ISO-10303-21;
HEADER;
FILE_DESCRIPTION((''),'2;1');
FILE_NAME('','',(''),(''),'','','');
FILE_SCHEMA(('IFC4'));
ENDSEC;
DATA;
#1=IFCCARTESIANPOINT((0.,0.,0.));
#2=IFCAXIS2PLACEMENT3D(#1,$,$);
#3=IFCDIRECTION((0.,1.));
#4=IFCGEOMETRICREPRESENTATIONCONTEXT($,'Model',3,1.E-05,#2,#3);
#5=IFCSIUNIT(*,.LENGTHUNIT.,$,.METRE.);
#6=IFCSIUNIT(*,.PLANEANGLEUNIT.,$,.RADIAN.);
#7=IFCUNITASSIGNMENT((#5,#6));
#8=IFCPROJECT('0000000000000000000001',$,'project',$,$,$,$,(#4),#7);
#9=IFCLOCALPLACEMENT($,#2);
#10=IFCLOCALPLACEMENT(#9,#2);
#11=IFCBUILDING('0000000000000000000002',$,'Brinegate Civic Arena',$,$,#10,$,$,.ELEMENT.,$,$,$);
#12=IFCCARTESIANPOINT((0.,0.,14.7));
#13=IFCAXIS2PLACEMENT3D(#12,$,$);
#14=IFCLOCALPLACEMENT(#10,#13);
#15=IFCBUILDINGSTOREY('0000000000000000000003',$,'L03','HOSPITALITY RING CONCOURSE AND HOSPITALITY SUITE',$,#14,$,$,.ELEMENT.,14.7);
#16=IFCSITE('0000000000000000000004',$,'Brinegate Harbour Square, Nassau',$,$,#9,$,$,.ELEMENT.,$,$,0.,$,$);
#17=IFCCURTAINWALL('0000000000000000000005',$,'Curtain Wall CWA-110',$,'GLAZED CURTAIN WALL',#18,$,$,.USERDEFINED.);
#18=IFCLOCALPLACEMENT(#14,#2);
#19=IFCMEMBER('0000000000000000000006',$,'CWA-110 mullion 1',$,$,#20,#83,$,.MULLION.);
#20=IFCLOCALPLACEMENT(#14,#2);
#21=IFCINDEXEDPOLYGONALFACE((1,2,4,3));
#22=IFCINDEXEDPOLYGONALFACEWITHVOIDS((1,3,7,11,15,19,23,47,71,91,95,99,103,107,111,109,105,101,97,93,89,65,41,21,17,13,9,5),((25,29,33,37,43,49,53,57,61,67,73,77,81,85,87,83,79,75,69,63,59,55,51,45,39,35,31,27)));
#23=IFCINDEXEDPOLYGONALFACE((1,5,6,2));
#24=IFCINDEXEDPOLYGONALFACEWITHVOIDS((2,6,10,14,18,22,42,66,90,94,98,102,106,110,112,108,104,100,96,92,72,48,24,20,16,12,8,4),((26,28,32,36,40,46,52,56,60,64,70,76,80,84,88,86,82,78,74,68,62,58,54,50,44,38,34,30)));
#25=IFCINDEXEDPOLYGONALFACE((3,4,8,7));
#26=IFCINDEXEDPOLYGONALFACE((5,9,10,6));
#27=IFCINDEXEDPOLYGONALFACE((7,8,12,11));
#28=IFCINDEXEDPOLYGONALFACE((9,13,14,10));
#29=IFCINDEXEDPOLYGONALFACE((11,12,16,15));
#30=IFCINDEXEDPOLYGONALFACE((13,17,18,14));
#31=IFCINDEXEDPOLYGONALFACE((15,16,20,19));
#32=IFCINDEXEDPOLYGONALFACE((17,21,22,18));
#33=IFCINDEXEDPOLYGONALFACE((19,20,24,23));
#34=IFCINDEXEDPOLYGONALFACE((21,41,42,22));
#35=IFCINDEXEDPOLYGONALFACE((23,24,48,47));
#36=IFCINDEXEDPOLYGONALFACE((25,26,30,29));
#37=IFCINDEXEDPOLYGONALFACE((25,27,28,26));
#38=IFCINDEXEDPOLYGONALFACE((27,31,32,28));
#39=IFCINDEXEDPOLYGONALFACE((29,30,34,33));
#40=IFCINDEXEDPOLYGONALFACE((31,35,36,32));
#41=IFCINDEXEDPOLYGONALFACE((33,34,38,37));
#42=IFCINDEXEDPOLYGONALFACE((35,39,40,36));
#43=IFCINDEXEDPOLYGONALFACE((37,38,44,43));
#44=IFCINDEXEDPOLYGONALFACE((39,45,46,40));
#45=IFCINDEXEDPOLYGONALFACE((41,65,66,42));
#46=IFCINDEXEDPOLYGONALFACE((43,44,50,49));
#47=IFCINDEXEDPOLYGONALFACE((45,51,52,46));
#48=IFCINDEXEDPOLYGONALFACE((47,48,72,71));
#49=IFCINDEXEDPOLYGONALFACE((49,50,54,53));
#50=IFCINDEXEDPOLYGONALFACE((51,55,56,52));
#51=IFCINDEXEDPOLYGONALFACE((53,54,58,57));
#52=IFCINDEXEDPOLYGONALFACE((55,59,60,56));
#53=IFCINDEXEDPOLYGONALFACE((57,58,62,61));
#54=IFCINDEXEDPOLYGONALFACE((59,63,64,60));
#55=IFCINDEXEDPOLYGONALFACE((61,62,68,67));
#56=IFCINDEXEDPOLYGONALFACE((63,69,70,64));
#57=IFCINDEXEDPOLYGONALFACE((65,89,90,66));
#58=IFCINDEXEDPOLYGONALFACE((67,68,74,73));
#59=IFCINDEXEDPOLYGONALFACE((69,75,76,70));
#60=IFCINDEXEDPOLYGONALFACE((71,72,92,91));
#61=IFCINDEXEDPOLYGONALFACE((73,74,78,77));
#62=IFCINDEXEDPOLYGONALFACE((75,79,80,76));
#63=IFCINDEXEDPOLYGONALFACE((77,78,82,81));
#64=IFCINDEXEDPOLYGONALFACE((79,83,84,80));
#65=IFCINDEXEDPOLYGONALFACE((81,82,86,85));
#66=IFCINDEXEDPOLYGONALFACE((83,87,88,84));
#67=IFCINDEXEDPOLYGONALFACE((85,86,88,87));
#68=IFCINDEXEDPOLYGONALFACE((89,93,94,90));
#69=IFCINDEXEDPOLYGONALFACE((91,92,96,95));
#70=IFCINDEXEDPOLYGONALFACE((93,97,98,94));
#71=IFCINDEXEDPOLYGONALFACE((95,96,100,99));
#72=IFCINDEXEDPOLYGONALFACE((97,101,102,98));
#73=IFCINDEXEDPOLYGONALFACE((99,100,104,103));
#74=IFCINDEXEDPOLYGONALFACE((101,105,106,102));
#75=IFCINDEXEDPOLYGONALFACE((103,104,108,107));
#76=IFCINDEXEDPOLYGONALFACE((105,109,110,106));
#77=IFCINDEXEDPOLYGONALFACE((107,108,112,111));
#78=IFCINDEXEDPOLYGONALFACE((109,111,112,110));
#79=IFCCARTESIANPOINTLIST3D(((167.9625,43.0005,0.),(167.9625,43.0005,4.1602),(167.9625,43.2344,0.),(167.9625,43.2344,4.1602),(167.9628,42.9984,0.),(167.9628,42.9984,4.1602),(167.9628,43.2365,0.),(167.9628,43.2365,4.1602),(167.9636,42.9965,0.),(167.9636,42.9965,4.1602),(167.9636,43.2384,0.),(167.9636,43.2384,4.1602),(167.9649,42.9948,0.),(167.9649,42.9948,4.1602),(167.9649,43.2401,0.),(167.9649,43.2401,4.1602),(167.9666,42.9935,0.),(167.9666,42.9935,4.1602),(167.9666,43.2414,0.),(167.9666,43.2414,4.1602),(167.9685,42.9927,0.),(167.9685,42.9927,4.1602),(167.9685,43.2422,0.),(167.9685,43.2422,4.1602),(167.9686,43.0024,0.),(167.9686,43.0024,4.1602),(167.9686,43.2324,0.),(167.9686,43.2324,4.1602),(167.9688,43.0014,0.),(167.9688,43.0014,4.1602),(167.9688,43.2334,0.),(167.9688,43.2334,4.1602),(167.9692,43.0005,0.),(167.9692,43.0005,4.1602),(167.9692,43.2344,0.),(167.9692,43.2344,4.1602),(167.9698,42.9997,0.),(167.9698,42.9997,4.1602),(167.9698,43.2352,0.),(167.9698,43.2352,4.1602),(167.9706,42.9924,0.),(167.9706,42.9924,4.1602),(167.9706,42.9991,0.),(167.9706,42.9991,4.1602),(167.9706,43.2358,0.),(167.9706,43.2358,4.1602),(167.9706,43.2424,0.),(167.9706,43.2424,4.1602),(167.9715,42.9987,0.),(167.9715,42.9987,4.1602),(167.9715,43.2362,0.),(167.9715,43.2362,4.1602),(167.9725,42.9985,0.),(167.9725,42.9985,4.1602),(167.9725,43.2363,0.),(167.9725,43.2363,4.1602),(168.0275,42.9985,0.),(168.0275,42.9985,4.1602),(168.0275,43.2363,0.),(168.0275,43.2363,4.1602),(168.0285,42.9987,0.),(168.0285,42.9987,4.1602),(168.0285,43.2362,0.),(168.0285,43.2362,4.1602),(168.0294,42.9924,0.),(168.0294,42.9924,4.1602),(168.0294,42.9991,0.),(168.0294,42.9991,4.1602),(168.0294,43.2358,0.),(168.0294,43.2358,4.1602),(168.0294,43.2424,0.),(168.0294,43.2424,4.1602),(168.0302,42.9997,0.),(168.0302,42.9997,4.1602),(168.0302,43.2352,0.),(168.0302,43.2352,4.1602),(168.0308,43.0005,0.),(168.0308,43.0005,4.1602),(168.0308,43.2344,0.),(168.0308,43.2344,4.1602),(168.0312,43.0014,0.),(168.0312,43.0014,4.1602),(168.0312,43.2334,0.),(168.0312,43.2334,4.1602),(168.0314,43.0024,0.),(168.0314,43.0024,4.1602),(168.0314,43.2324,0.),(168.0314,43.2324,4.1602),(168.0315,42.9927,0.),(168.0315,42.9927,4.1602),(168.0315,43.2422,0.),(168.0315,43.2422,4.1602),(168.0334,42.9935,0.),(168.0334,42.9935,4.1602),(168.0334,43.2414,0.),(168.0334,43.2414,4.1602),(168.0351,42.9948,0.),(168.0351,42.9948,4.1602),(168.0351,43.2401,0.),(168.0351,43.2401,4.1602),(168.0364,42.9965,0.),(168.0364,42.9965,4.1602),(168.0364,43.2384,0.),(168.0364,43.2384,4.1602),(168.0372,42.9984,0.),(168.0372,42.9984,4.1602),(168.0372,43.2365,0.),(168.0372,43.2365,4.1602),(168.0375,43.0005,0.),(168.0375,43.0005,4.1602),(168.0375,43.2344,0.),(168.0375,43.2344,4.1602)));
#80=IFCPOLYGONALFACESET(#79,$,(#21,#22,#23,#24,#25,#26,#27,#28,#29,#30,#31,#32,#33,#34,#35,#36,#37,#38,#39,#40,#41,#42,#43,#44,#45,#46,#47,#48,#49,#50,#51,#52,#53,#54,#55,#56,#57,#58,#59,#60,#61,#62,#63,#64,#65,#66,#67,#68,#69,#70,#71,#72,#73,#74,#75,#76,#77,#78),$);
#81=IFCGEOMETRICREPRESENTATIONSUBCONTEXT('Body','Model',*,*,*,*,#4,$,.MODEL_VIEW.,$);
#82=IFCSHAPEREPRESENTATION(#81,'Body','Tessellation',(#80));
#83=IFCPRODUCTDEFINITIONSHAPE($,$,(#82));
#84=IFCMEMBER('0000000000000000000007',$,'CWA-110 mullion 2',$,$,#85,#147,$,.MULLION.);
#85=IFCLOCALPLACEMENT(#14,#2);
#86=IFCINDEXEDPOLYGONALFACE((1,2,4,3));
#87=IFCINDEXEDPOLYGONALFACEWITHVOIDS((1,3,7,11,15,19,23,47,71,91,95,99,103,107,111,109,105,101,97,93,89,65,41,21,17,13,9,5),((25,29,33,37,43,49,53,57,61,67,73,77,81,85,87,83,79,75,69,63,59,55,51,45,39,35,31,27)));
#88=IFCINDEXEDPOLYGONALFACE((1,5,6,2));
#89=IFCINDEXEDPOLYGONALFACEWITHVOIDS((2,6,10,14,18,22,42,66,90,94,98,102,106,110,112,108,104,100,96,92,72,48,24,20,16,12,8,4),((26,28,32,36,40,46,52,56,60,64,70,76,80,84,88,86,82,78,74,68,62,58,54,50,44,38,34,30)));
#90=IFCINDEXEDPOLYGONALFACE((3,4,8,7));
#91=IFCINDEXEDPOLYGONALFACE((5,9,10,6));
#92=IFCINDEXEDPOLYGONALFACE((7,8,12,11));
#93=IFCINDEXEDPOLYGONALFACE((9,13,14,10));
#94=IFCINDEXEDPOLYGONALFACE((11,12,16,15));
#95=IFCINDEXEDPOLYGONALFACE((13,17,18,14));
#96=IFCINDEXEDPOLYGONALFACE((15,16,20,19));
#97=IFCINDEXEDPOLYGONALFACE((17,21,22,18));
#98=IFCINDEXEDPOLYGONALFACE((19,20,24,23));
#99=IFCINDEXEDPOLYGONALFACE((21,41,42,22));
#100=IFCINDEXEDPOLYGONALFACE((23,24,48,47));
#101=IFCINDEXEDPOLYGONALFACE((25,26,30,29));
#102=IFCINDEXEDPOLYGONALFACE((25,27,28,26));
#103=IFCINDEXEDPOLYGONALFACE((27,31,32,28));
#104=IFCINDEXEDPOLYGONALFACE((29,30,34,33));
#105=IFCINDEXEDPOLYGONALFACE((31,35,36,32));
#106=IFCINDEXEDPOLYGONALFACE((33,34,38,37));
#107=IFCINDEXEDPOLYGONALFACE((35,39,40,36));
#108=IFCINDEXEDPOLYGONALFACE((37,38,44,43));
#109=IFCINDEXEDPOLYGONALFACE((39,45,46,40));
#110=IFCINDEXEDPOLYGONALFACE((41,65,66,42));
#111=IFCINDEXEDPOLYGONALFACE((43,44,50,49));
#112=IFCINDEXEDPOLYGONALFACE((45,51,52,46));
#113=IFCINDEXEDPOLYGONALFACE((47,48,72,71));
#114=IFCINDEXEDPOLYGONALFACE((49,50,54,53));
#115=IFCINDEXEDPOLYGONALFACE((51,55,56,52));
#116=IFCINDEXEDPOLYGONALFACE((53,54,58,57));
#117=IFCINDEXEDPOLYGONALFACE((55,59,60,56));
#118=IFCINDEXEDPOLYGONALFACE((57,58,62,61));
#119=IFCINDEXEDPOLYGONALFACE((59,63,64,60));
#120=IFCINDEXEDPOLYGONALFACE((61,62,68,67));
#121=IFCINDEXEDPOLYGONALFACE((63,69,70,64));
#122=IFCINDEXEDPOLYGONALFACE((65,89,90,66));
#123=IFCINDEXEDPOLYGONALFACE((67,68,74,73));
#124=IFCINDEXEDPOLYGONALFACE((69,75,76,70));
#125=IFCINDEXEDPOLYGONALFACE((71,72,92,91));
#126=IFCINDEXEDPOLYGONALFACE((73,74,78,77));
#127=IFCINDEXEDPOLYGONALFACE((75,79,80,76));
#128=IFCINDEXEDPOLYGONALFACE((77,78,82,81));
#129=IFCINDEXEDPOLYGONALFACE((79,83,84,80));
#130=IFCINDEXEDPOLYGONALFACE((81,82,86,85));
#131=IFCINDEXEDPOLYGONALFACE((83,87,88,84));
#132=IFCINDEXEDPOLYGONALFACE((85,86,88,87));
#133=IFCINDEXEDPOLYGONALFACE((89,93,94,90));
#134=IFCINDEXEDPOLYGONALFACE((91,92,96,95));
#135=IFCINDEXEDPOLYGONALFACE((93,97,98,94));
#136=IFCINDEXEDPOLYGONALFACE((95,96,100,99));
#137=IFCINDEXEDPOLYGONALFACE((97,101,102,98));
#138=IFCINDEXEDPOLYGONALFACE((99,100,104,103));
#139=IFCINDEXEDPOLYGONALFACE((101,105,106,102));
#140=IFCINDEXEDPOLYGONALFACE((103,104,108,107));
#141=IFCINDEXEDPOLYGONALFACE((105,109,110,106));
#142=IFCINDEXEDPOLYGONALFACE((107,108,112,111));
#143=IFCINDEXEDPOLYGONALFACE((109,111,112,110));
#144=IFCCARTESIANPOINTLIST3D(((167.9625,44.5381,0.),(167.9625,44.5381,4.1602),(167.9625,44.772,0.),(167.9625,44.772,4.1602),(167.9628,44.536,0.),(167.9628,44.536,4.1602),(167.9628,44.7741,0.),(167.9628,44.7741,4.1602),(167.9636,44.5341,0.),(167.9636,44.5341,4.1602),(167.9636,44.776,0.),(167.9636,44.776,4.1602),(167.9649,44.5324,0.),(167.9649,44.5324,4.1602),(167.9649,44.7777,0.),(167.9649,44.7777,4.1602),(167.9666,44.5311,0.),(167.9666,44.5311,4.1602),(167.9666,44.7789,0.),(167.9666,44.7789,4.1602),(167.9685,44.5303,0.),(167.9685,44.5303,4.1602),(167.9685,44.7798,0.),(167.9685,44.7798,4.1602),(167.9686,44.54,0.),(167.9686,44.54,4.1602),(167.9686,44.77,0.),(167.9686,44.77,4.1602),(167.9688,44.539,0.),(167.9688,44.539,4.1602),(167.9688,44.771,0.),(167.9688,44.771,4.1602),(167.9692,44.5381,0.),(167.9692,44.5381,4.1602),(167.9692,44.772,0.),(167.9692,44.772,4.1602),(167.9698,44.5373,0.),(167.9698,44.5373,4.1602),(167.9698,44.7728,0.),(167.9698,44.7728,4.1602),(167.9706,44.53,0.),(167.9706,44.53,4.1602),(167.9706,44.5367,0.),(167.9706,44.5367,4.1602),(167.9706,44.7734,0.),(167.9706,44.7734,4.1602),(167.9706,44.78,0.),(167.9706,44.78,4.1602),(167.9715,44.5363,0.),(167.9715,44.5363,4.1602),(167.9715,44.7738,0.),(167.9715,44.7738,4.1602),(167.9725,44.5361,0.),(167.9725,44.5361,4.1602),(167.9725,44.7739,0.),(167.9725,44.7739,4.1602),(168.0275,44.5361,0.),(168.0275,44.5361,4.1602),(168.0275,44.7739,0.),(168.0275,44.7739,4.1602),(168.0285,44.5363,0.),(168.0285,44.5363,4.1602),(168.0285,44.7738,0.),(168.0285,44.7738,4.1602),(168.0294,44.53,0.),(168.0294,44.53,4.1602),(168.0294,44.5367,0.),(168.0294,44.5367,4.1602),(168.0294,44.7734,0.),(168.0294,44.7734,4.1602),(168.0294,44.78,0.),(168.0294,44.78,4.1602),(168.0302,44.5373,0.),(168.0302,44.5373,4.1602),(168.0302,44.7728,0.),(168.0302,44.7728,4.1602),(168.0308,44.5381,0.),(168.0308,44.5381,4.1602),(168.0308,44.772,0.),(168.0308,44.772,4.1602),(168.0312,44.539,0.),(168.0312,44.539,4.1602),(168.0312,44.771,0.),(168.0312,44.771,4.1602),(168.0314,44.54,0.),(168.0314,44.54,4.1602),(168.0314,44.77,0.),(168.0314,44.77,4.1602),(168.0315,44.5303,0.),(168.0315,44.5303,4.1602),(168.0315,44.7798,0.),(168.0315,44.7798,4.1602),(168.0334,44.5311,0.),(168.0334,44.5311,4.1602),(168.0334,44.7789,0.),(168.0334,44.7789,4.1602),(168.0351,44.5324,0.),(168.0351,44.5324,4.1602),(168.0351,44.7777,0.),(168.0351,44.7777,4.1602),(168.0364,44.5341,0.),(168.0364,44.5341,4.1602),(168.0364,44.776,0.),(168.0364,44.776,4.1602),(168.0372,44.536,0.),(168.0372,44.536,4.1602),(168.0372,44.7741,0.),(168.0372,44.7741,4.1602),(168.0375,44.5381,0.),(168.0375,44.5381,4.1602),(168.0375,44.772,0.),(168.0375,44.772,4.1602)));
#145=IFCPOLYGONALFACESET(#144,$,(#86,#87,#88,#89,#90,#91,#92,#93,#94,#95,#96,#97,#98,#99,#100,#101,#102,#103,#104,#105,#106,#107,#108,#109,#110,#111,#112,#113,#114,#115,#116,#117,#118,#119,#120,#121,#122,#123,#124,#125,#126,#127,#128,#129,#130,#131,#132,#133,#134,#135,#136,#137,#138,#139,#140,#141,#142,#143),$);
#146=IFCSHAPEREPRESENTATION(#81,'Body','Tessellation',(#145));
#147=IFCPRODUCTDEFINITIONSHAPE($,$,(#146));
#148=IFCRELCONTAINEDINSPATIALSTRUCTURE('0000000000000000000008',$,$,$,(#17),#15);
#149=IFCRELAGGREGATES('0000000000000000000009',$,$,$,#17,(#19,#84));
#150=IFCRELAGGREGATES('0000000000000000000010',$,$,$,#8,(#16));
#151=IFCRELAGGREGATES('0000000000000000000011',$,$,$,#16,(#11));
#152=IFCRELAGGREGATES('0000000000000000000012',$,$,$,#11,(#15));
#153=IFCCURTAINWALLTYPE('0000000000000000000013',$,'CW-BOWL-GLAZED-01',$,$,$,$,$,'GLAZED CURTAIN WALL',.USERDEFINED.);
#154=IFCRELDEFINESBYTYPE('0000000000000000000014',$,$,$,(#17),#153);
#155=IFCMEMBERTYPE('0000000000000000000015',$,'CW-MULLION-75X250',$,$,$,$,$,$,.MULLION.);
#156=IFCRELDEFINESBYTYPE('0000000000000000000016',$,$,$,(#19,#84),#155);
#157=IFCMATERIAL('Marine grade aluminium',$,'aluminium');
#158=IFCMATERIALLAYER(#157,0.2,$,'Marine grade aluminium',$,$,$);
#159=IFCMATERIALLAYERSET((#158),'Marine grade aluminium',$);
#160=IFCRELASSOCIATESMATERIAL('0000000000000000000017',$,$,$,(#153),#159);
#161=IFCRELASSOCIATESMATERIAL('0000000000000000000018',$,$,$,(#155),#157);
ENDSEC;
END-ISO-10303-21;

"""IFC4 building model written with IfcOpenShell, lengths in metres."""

from ifc_helpers import new_model, si_unit, direction, frame, origin, origin_2d, place, context, subcontext, project, spatial, hollow_rectangle, extrude, material, layer, layer_set, material_profile, profile_set, type_object, element, aggregate, save


model = new_model("IFC4")

# Units and contexts
model_context = context("Model", 3, precision=1e-05, world=origin(), true_north=direction((0.0, 1.0)))
body_context = subcontext(model_context, "Body", "Model", "MODEL_VIEW")
ifc_project = project(units=[si_unit("LENGTHUNIT", "METRE"), si_unit("PLANEANGLEUNIT", "RADIAN")], contexts=[model_context])

# Site, building, storey
site_placement = place(None, origin())
site = spatial("IfcSite", under=ifc_project, at=site_placement, Name="Brinegate Harbour Square, Nassau", CompositionType="ELEMENT", RefElevation=0.0)
building_placement = place(site_placement, origin())
building = spatial("IfcBuilding", under=site, at=building_placement, Name="Brinegate Civic Arena", CompositionType="ELEMENT")
storey_placement = place(building_placement, frame((0.0, 0.0, 14.7)))
storey = spatial("IfcBuildingStorey", under=building, at=storey_placement, Name="L03", Description="HOSPITALITY RING CONCOURSE AND HOSPITALITY SUITE", CompositionType="ELEMENT", Elevation=14.7)

# Shared definitions
ifc_material_1 = material(Name="Marine grade aluminium", Category="aluminium")
ifc_layer_1 = layer(ifc_material_1, 0.2, Name="Marine grade aluminium")
ifc_layer_set_1 = layer_set([ifc_layer_1], Name="Marine grade aluminium")
curtain_wall_type = type_object("IfcCurtainWallType", Name="CW-BOWL-GLAZED-01", ElementType="GLAZED CURTAIN WALL", PredefinedType="USERDEFINED", material=ifc_layer_set_1)

# Curtain wall, members
curtain_wall_1_placement = place(storey_placement, origin())
curtain_wall_1 = element("IfcCurtainWall", 1, at=curtain_wall_1_placement, inside=storey, type_object=curtain_wall_type, Name="Curtain Wall CWA-110", ObjectType="GLAZED CURTAIN WALL", PredefinedType="USERDEFINED")
ifc_material_profile_1 = material_profile(ifc_material_1, hollow_rectangle(XDim=0.075, YDim=0.25, WallThickness=0.0061, InnerFilletRadius=0.0039, OuterFilletRadius=0.0081, at=origin_2d()), Name="MUL75X250")
ifc_profile_set_1 = profile_set([ifc_material_profile_1], Name="Marine grade aluminium")
member_type_1 = type_object("IfcMemberType", Name="CW-MULLION-75X250", PredefinedType="MULLION", material=ifc_profile_set_1)
member_1_placement = place(storey_placement, frame((168.0, 43.1174, 0.0), z_axis=(0.0, 0.0, 1.0), x_axis=(-1.0, 0.0, 0.0)))
member_1 = element("IfcMember", 2, at=member_1_placement, type_object=member_type_1, Name="CWA-110 mullion 1", PredefinedType="MULLION", context=body_context, shape_type="SweptSolid", body=[
    extrude(hollow_rectangle(XDim=0.075, YDim=0.25, WallThickness=0.0061, InnerFilletRadius=0.0039, OuterFilletRadius=0.0081, at=origin_2d()), origin(), (0.0, 0.0, 1.0), 4.1602),
])
member_2_placement = place(storey_placement, frame((168.0, 44.655, 0.0), z_axis=(0.0, 0.0, 1.0), x_axis=(-1.0, 0.0, 0.0)))
member_2 = element("IfcMember", 3, at=member_2_placement, type_object=member_type_1, Name="CWA-110 mullion 2", PredefinedType="MULLION", context=body_context, shape_type="SweptSolid", body=[
    extrude(hollow_rectangle(XDim=0.075, YDim=0.25, WallThickness=0.0061, InnerFilletRadius=0.0039, OuterFilletRadius=0.0081, at=origin_2d()), origin(), (0.0, 0.0, 1.0), 4.1602),
])

aggregate(curtain_wall_1, [member_1, member_2])

save(model, "model.ifc")
